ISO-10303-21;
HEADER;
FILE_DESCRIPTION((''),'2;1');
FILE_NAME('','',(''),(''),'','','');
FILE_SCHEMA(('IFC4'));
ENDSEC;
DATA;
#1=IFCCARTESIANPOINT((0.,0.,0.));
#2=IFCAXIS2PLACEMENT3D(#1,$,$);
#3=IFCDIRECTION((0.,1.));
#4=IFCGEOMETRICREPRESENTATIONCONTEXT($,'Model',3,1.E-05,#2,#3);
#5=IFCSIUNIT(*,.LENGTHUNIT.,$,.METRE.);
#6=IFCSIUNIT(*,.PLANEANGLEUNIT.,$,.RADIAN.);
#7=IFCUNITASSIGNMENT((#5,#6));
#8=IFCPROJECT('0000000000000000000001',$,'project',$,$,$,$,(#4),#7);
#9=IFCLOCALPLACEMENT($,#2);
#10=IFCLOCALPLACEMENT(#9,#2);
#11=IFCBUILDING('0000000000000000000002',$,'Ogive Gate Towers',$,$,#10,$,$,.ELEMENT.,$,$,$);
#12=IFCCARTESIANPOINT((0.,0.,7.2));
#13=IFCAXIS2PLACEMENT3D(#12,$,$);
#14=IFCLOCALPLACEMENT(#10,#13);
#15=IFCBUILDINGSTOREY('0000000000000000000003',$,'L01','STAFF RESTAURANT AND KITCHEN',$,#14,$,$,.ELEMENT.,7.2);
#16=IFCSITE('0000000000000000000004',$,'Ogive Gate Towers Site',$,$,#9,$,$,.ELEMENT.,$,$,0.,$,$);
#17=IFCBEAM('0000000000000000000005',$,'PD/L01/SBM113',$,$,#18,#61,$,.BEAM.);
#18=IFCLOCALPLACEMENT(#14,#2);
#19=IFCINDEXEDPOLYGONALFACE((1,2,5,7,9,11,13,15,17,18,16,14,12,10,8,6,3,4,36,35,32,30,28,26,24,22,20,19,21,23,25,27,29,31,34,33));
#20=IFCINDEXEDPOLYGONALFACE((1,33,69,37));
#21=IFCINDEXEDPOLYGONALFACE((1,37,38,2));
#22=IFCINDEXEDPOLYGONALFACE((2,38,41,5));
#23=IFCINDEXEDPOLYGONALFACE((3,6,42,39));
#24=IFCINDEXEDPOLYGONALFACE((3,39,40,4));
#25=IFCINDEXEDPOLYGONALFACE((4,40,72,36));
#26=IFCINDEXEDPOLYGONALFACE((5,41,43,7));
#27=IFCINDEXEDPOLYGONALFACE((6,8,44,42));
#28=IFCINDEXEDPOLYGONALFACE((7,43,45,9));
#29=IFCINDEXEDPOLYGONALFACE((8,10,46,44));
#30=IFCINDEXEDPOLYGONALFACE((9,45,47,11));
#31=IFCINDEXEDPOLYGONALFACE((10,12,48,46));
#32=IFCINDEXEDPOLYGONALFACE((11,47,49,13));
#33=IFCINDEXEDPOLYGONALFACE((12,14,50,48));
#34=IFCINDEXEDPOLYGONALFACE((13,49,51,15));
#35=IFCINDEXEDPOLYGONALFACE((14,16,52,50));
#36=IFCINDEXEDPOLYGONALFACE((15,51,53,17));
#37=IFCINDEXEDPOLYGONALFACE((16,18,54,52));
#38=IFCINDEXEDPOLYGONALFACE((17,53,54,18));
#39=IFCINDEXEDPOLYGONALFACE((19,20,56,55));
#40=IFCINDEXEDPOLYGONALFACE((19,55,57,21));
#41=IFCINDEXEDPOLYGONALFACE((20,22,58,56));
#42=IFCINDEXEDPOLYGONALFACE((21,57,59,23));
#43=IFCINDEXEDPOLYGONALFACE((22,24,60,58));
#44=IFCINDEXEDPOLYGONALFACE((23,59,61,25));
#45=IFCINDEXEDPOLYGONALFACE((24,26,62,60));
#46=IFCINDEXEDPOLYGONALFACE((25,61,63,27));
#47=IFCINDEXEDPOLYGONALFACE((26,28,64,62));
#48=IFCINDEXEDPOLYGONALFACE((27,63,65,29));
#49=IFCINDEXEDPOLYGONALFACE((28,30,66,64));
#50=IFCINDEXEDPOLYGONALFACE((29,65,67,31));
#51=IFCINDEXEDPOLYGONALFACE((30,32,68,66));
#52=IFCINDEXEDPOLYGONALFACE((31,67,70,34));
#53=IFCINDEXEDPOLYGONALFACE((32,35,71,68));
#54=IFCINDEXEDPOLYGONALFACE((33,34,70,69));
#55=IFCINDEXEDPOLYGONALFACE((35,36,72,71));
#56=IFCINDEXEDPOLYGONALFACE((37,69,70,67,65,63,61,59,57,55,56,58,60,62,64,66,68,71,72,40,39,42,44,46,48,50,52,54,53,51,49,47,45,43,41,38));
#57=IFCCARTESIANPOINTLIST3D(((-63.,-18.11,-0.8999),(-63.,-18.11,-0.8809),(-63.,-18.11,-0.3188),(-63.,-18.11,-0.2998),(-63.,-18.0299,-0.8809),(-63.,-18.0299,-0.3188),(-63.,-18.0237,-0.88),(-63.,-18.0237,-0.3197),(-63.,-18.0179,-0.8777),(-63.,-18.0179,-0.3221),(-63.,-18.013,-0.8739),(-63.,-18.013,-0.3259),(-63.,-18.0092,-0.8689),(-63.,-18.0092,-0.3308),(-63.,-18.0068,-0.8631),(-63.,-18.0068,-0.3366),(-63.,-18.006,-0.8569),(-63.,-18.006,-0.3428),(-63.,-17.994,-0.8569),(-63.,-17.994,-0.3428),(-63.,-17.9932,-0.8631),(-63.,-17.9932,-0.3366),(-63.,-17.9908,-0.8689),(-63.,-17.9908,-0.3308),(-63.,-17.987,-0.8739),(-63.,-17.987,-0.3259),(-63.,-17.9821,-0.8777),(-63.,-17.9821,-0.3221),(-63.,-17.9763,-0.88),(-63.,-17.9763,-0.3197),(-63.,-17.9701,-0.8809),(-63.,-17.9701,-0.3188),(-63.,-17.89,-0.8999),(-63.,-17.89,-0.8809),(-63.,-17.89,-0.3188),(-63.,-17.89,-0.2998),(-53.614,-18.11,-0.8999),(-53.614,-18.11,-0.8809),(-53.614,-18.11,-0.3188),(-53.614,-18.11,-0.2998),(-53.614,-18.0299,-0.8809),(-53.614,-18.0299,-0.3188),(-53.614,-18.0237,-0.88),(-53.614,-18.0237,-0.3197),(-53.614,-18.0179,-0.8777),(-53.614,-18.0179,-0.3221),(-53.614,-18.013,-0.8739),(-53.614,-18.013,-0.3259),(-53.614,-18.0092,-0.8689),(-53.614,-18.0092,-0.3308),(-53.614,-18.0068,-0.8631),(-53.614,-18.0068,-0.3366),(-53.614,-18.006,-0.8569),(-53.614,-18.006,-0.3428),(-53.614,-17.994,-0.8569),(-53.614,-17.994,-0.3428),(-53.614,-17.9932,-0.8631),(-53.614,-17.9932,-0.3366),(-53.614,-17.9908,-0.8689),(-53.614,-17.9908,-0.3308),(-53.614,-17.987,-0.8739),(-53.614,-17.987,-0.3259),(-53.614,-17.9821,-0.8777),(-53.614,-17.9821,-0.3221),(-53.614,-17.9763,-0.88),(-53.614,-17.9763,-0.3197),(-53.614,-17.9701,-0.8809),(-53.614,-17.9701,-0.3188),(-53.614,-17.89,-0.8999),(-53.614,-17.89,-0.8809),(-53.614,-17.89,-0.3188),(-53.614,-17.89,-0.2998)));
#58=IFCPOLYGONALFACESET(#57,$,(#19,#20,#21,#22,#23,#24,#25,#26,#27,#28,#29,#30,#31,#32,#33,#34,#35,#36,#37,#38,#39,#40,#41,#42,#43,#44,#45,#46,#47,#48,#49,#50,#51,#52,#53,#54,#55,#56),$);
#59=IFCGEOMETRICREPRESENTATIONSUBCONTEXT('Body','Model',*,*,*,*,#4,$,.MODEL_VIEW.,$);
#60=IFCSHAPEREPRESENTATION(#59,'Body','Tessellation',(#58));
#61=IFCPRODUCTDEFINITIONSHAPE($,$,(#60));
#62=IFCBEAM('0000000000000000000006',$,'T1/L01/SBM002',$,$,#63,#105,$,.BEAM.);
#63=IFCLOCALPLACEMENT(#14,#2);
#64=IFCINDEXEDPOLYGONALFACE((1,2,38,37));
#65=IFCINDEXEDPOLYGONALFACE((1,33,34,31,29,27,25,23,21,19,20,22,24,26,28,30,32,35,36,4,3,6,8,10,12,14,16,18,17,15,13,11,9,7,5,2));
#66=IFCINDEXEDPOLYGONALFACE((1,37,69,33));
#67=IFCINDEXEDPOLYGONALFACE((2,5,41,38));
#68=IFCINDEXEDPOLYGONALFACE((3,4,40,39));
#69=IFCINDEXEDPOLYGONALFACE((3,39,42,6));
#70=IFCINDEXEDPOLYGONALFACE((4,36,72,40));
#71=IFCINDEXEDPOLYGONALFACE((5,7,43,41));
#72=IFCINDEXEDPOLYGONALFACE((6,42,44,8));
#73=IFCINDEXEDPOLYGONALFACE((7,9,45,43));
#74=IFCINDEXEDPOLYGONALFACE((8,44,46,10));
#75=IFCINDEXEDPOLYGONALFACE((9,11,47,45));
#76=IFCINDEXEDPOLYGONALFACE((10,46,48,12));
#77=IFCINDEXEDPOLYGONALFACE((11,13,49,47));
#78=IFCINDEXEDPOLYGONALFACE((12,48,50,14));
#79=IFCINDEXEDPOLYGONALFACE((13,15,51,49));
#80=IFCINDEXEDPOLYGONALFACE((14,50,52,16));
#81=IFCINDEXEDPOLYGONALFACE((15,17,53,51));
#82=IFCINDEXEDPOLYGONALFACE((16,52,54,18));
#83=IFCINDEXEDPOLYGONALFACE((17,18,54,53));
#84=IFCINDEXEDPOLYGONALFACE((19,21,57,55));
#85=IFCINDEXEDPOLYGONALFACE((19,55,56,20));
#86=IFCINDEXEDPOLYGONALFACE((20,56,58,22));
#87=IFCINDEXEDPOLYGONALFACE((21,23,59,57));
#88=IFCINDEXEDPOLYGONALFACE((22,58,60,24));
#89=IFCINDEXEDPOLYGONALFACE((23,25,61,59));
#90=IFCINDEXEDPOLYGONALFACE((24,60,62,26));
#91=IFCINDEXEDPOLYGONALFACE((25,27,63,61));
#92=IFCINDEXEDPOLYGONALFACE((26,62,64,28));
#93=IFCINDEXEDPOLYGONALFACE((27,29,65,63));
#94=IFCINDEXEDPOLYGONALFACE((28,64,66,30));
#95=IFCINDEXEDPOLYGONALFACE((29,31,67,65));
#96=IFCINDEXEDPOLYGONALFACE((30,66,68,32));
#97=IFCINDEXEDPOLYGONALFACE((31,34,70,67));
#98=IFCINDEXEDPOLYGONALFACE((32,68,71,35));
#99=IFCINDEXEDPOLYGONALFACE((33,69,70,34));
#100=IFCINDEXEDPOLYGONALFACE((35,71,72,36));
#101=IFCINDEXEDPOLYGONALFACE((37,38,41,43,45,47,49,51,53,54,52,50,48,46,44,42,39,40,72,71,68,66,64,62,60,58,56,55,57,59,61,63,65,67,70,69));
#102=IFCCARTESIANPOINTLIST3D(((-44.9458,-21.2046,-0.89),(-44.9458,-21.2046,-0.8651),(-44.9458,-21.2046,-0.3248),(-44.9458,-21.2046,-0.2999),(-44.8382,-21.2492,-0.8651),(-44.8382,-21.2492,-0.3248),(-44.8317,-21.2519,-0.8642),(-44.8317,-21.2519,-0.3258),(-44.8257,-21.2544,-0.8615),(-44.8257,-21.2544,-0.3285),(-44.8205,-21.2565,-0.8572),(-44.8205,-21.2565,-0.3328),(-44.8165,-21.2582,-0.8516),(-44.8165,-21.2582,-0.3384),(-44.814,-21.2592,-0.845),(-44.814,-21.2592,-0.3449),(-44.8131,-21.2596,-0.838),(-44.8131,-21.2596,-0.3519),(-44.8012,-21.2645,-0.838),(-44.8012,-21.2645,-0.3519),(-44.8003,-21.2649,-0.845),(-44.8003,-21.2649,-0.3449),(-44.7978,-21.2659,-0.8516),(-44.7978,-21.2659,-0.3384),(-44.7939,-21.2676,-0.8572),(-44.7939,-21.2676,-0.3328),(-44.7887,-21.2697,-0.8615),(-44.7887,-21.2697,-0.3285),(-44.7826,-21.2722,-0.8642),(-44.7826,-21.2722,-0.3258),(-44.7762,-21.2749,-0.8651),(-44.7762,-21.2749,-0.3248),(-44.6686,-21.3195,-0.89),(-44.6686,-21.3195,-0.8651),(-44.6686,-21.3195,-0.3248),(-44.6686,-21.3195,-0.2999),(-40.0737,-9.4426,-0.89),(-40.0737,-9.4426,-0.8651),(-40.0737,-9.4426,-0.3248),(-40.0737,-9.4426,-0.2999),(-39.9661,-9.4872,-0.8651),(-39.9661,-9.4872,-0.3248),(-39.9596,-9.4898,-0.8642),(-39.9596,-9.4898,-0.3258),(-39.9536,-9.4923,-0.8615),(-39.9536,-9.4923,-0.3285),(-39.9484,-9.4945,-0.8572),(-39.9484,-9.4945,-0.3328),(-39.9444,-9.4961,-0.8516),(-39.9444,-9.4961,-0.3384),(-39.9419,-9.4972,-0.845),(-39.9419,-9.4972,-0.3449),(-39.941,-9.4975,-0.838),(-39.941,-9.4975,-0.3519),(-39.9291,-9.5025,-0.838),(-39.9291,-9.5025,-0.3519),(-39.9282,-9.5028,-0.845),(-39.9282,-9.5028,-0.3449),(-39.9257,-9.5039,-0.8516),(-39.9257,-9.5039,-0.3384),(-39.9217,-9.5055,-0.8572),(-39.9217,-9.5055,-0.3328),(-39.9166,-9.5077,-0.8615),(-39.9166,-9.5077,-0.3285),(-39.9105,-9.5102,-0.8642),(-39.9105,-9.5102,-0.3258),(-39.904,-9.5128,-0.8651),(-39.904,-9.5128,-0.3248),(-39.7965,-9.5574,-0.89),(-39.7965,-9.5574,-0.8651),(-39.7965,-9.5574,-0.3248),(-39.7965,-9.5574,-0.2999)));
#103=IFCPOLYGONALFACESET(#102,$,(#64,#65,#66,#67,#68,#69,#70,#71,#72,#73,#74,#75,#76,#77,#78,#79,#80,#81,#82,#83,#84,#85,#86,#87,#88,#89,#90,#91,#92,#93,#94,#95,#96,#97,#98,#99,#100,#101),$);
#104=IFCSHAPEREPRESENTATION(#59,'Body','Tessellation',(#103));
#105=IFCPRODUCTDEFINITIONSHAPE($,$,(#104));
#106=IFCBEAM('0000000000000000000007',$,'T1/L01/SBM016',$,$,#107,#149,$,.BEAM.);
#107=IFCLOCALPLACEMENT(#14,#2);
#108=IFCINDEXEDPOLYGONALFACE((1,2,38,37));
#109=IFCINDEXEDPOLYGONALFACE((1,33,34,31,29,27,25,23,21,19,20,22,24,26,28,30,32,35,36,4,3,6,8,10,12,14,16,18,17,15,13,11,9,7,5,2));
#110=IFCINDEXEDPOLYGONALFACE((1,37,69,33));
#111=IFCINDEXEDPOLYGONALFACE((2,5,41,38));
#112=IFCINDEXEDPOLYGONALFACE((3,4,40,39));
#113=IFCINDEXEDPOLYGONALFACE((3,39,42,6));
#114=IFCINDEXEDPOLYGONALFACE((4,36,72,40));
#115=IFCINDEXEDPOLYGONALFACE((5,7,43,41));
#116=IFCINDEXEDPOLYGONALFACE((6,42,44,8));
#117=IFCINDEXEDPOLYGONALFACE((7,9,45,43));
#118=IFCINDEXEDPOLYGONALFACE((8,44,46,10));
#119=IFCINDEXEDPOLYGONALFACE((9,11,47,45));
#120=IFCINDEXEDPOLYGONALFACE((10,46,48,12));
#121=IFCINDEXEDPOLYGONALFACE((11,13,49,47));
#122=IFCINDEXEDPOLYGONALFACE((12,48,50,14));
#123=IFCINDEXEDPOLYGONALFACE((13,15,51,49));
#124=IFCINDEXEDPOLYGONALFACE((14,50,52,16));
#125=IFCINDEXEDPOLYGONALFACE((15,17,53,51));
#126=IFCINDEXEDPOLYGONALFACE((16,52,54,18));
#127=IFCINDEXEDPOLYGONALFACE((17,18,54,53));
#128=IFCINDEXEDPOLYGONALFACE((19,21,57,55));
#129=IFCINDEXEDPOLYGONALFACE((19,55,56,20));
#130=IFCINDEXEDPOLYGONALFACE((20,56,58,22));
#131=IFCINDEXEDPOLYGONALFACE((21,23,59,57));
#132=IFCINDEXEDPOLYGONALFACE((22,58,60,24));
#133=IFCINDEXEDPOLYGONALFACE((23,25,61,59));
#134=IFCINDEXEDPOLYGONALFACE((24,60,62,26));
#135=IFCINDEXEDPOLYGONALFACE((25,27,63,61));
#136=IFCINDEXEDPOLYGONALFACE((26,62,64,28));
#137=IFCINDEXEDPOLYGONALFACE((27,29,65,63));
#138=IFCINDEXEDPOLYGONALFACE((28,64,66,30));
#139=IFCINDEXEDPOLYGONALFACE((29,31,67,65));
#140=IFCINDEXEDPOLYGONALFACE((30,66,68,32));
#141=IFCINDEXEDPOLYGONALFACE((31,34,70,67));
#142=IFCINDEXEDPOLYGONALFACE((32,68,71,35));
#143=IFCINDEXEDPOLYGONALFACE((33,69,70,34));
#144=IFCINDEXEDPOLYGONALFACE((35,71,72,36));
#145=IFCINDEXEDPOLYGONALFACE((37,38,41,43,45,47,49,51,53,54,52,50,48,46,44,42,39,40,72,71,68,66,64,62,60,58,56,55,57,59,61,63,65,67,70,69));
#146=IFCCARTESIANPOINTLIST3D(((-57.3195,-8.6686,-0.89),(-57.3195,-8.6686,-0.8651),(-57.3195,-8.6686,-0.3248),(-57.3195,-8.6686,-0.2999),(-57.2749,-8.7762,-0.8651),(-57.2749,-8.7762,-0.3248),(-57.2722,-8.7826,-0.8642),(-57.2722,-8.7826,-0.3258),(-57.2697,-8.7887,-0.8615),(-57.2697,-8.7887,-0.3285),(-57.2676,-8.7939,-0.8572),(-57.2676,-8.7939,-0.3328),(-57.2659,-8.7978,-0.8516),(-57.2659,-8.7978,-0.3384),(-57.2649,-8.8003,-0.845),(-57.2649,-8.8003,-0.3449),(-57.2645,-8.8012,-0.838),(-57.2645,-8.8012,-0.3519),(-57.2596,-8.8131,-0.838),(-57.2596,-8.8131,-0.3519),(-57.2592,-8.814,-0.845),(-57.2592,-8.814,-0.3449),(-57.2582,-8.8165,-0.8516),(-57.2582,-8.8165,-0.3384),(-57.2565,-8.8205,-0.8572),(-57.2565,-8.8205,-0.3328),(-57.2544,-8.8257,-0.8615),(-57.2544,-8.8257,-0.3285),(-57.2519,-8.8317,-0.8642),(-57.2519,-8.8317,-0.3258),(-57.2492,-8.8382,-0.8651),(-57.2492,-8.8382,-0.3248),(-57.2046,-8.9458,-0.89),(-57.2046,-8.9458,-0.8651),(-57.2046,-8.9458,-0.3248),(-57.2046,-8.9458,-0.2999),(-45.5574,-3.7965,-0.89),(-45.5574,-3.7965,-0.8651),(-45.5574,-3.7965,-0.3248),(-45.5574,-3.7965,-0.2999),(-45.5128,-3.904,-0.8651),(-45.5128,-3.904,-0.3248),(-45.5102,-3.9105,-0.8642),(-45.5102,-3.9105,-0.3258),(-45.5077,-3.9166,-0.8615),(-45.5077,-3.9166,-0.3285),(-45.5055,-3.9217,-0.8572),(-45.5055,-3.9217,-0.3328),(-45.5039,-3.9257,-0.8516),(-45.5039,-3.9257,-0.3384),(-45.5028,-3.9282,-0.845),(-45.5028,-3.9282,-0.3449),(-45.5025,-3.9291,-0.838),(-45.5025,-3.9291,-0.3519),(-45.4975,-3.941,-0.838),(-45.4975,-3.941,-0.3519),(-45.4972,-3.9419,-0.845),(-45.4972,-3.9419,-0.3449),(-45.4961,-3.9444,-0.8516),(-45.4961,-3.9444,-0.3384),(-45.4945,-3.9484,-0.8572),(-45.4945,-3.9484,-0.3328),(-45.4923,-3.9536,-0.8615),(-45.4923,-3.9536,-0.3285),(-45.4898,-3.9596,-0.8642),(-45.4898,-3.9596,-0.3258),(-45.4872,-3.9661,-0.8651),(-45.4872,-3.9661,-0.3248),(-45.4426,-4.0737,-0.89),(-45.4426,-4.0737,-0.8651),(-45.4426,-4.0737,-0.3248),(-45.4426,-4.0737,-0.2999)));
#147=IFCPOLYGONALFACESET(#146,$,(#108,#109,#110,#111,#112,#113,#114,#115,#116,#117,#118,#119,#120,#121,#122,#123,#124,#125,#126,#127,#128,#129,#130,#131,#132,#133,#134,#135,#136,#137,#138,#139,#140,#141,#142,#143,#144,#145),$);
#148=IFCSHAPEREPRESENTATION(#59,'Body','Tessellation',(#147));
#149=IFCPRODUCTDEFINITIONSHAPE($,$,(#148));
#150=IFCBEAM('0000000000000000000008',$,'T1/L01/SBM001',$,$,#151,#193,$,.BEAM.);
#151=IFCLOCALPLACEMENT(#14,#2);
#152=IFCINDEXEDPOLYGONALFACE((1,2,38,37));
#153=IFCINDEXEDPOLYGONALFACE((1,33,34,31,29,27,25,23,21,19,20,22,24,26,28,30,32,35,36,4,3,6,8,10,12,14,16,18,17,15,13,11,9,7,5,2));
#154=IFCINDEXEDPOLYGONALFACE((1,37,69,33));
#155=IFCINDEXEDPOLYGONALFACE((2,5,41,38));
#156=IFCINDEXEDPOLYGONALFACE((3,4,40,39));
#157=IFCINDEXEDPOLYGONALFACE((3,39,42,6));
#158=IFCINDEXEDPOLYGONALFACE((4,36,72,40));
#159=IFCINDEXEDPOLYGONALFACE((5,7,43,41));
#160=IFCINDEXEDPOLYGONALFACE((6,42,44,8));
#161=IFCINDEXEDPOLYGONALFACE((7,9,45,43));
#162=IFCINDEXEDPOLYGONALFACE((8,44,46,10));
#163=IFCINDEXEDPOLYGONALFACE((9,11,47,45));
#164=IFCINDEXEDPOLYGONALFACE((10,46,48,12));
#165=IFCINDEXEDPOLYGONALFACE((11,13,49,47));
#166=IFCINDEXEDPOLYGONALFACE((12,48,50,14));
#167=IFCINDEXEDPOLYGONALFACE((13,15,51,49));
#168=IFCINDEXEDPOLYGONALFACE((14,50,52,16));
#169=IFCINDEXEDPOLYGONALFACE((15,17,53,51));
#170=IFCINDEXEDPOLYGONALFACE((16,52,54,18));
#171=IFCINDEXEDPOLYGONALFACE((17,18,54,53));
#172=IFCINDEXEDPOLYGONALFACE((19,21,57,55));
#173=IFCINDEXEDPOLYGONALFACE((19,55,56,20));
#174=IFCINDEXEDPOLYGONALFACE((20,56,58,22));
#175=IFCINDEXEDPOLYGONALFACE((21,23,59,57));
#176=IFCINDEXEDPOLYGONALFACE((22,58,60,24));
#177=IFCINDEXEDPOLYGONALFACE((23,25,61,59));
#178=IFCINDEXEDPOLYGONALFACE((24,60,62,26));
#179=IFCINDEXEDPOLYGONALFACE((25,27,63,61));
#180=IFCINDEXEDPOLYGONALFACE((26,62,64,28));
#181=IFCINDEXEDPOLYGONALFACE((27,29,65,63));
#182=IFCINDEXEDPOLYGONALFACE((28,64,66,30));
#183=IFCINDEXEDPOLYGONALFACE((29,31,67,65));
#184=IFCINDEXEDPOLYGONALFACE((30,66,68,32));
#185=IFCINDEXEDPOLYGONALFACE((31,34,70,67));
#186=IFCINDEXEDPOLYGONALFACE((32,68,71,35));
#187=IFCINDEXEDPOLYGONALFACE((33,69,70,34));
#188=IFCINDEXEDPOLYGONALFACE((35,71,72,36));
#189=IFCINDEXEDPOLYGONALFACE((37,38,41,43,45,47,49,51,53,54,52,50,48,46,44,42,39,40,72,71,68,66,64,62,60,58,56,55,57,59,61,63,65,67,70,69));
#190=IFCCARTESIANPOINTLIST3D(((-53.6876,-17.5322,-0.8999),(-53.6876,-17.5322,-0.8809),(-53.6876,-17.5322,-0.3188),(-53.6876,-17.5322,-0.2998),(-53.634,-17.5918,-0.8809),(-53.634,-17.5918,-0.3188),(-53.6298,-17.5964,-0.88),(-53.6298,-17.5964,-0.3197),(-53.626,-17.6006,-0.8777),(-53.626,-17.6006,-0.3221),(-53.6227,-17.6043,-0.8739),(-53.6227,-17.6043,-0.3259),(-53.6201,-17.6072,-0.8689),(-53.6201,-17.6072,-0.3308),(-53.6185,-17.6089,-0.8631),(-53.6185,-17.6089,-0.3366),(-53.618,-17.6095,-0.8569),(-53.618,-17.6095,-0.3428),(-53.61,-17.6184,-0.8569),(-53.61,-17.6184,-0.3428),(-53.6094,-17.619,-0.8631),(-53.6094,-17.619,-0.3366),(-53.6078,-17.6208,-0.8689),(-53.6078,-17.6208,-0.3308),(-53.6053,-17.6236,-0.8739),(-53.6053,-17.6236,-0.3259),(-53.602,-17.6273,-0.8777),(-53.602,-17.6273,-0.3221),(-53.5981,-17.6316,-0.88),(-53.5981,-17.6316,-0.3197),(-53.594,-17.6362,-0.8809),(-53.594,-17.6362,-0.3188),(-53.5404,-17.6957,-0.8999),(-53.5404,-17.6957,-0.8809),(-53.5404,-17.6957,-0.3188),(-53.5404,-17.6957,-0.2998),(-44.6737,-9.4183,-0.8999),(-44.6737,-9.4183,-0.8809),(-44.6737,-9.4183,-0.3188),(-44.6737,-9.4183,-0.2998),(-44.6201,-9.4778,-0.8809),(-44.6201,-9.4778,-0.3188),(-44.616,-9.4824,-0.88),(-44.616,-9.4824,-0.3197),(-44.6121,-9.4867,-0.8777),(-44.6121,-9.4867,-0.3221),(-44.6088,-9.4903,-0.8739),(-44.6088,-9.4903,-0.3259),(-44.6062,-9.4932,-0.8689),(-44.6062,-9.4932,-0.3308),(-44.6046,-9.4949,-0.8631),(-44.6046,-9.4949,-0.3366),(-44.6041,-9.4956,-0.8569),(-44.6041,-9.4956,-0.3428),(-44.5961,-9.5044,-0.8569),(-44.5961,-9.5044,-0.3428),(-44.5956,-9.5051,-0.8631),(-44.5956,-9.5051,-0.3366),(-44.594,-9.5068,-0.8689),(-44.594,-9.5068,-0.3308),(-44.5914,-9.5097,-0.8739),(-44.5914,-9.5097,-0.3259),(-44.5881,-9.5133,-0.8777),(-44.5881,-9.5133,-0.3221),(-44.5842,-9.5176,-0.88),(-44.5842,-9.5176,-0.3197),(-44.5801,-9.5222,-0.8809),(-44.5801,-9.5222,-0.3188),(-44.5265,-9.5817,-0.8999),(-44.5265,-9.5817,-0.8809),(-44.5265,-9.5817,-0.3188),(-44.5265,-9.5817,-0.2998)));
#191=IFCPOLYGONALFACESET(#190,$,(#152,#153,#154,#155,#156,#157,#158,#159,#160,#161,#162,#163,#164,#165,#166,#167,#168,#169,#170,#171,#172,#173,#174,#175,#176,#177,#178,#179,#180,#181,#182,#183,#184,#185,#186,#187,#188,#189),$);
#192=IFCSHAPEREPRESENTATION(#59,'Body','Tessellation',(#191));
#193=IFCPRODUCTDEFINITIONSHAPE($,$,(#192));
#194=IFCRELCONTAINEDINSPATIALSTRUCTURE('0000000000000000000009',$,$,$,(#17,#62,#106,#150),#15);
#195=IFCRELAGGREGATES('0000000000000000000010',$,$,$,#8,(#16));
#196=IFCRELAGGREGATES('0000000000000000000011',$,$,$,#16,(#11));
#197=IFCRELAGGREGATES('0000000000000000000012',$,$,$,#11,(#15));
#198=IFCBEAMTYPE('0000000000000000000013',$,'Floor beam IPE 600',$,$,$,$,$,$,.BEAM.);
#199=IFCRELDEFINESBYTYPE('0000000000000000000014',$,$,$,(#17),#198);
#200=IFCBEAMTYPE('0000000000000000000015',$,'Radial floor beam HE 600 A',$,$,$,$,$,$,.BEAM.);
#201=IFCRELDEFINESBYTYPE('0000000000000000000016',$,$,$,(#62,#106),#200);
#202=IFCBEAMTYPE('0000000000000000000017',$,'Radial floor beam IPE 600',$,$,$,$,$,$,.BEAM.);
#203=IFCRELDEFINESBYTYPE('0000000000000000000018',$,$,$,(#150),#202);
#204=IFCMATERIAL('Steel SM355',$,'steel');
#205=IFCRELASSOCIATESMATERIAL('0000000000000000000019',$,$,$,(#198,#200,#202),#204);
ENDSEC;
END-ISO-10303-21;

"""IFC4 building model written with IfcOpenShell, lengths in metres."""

from ifc_helpers import new_model, si_unit, direction, frame, origin, origin_2d, place, context, subcontext, project, spatial, i_section, extrude, material, material_profile, profile_set, type_object, element, save


model = new_model("IFC4")

# Units and contexts
model_context = context("Model", 3, precision=1e-05, world=origin(), true_north=direction((0.0, 1.0)))
body_context = subcontext(model_context, "Body", "Model", "MODEL_VIEW")
ifc_project = project(units=[si_unit("LENGTHUNIT", "METRE"), si_unit("PLANEANGLEUNIT", "RADIAN")], contexts=[model_context])

# Site, building, storey
site_placement = place(None, origin())
site = spatial("IfcSite", under=ifc_project, at=site_placement, Name="Ogive Gate Towers Site", CompositionType="ELEMENT", RefElevation=0.0)
building_placement = place(site_placement, origin())
building = spatial("IfcBuilding", under=site, at=building_placement, Name="Ogive Gate Towers", CompositionType="ELEMENT")
storey_placement = place(building_placement, frame((0.0, 0.0, 7.2)))
storey = spatial("IfcBuildingStorey", under=building, at=storey_placement, Name="L01", Description="STAFF RESTAURANT AND KITCHEN", CompositionType="ELEMENT", Elevation=7.2)

# Beams
ifc_material_1 = material(Name="Steel SM355", Category="steel")
ifc_material_profile_1 = material_profile(ifc_material_1, i_section(OverallWidth=0.22, OverallDepth=0.6001, WebThickness=0.012, FlangeThickness=0.019, FilletRadius=0.0239, at=origin_2d()), Name="IPE 600")
ifc_profile_set_1 = profile_set([ifc_material_profile_1], Name="Steel SM355")
beam_type_1 = type_object("IfcBeamType", Name="Floor beam IPE 600", PredefinedType="BEAM", material=ifc_profile_set_1)
beam_1_placement = place(storey_placement, frame((-63.0, -18.0, -0.5999), z_axis=(1.0, 0.0, 0.0), x_axis=(0.0, 1.0, 0.0)))
element("IfcBeam", 1, at=beam_1_placement, inside=storey, type_object=beam_type_1, Name="PD/L01/SBM113", PredefinedType="BEAM", context=body_context, shape_type="SweptSolid", body=[
    extrude(i_section(OverallWidth=0.22, OverallDepth=0.6001, WebThickness=0.012, FlangeThickness=0.019, FilletRadius=0.0239, at=origin_2d()), origin(), (0.0, 0.0, 1.0), 9.386),
])
ifc_material_profile_2 = material_profile(ifc_material_1, i_section(OverallWidth=0.3, OverallDepth=0.5901, WebThickness=0.0129, FlangeThickness=0.0249, FilletRadius=0.0271, at=origin_2d()), Name="HE 600 A")
ifc_profile_set_2 = profile_set([ifc_material_profile_2], Name="Steel SM355")
beam_type_2 = type_object("IfcBeamType", Name="Radial floor beam HE 600 A", PredefinedType="BEAM", material=ifc_profile_set_2)
for number, where, z_axis, x_axis, name in (
    (2, (-39.9351, -9.5, -0.595), (-0.382691, -0.923877, 0.0), (0.923877, -0.382691, 0.0), "T1/L01/SBM002"),
    (3, (-45.5, -3.9351, -0.595), (-0.923877, -0.382691, 0.0), (0.382691, -0.923877, 0.0), "T1/L01/SBM016"),
):
    element("IfcBeam", number, at=place(storey_placement, frame(where, z_axis=z_axis, x_axis=x_axis)), inside=storey, type_object=beam_type_2, Name=name, PredefinedType="BEAM", context=body_context, shape_type="SweptSolid", body=[
        extrude(i_section(OverallWidth=0.3, OverallDepth=0.5901, WebThickness=0.0129, FlangeThickness=0.0249, FilletRadius=0.0271, at=origin_2d()), origin(), (0.0, 0.0, 1.0), 12.7312),
    ])
ifc_material_profile_3 = material_profile(ifc_material_1, i_section(OverallWidth=0.22, OverallDepth=0.6001, WebThickness=0.012, FlangeThickness=0.019, FilletRadius=0.0239, at=origin_2d()), Name="IPE 600")
ifc_profile_set_3 = profile_set([ifc_material_profile_3], Name="Steel SM355")
beam_type_3 = type_object("IfcBeamType", Name="Radial floor beam IPE 600", PredefinedType="BEAM", material=ifc_profile_set_3)
beam_2_placement = place(storey_placement, frame((-44.6001, -9.5, -0.5999), z_axis=(-0.743233, -0.669033, 0.0), x_axis=(0.669033, -0.743233, 0.0)))
element("IfcBeam", 4, at=beam_2_placement, inside=storey, type_object=beam_type_3, Name="T1/L01/SBM001", PredefinedType="BEAM", context=body_context, shape_type="SweptSolid", body=[
    extrude(i_section(OverallWidth=0.22, OverallDepth=0.6001, WebThickness=0.012, FlangeThickness=0.019, FilletRadius=0.0239, at=origin_2d()), origin(), (0.0, 0.0, 1.0), 12.1279),
])

save(model, "model.ifc")
